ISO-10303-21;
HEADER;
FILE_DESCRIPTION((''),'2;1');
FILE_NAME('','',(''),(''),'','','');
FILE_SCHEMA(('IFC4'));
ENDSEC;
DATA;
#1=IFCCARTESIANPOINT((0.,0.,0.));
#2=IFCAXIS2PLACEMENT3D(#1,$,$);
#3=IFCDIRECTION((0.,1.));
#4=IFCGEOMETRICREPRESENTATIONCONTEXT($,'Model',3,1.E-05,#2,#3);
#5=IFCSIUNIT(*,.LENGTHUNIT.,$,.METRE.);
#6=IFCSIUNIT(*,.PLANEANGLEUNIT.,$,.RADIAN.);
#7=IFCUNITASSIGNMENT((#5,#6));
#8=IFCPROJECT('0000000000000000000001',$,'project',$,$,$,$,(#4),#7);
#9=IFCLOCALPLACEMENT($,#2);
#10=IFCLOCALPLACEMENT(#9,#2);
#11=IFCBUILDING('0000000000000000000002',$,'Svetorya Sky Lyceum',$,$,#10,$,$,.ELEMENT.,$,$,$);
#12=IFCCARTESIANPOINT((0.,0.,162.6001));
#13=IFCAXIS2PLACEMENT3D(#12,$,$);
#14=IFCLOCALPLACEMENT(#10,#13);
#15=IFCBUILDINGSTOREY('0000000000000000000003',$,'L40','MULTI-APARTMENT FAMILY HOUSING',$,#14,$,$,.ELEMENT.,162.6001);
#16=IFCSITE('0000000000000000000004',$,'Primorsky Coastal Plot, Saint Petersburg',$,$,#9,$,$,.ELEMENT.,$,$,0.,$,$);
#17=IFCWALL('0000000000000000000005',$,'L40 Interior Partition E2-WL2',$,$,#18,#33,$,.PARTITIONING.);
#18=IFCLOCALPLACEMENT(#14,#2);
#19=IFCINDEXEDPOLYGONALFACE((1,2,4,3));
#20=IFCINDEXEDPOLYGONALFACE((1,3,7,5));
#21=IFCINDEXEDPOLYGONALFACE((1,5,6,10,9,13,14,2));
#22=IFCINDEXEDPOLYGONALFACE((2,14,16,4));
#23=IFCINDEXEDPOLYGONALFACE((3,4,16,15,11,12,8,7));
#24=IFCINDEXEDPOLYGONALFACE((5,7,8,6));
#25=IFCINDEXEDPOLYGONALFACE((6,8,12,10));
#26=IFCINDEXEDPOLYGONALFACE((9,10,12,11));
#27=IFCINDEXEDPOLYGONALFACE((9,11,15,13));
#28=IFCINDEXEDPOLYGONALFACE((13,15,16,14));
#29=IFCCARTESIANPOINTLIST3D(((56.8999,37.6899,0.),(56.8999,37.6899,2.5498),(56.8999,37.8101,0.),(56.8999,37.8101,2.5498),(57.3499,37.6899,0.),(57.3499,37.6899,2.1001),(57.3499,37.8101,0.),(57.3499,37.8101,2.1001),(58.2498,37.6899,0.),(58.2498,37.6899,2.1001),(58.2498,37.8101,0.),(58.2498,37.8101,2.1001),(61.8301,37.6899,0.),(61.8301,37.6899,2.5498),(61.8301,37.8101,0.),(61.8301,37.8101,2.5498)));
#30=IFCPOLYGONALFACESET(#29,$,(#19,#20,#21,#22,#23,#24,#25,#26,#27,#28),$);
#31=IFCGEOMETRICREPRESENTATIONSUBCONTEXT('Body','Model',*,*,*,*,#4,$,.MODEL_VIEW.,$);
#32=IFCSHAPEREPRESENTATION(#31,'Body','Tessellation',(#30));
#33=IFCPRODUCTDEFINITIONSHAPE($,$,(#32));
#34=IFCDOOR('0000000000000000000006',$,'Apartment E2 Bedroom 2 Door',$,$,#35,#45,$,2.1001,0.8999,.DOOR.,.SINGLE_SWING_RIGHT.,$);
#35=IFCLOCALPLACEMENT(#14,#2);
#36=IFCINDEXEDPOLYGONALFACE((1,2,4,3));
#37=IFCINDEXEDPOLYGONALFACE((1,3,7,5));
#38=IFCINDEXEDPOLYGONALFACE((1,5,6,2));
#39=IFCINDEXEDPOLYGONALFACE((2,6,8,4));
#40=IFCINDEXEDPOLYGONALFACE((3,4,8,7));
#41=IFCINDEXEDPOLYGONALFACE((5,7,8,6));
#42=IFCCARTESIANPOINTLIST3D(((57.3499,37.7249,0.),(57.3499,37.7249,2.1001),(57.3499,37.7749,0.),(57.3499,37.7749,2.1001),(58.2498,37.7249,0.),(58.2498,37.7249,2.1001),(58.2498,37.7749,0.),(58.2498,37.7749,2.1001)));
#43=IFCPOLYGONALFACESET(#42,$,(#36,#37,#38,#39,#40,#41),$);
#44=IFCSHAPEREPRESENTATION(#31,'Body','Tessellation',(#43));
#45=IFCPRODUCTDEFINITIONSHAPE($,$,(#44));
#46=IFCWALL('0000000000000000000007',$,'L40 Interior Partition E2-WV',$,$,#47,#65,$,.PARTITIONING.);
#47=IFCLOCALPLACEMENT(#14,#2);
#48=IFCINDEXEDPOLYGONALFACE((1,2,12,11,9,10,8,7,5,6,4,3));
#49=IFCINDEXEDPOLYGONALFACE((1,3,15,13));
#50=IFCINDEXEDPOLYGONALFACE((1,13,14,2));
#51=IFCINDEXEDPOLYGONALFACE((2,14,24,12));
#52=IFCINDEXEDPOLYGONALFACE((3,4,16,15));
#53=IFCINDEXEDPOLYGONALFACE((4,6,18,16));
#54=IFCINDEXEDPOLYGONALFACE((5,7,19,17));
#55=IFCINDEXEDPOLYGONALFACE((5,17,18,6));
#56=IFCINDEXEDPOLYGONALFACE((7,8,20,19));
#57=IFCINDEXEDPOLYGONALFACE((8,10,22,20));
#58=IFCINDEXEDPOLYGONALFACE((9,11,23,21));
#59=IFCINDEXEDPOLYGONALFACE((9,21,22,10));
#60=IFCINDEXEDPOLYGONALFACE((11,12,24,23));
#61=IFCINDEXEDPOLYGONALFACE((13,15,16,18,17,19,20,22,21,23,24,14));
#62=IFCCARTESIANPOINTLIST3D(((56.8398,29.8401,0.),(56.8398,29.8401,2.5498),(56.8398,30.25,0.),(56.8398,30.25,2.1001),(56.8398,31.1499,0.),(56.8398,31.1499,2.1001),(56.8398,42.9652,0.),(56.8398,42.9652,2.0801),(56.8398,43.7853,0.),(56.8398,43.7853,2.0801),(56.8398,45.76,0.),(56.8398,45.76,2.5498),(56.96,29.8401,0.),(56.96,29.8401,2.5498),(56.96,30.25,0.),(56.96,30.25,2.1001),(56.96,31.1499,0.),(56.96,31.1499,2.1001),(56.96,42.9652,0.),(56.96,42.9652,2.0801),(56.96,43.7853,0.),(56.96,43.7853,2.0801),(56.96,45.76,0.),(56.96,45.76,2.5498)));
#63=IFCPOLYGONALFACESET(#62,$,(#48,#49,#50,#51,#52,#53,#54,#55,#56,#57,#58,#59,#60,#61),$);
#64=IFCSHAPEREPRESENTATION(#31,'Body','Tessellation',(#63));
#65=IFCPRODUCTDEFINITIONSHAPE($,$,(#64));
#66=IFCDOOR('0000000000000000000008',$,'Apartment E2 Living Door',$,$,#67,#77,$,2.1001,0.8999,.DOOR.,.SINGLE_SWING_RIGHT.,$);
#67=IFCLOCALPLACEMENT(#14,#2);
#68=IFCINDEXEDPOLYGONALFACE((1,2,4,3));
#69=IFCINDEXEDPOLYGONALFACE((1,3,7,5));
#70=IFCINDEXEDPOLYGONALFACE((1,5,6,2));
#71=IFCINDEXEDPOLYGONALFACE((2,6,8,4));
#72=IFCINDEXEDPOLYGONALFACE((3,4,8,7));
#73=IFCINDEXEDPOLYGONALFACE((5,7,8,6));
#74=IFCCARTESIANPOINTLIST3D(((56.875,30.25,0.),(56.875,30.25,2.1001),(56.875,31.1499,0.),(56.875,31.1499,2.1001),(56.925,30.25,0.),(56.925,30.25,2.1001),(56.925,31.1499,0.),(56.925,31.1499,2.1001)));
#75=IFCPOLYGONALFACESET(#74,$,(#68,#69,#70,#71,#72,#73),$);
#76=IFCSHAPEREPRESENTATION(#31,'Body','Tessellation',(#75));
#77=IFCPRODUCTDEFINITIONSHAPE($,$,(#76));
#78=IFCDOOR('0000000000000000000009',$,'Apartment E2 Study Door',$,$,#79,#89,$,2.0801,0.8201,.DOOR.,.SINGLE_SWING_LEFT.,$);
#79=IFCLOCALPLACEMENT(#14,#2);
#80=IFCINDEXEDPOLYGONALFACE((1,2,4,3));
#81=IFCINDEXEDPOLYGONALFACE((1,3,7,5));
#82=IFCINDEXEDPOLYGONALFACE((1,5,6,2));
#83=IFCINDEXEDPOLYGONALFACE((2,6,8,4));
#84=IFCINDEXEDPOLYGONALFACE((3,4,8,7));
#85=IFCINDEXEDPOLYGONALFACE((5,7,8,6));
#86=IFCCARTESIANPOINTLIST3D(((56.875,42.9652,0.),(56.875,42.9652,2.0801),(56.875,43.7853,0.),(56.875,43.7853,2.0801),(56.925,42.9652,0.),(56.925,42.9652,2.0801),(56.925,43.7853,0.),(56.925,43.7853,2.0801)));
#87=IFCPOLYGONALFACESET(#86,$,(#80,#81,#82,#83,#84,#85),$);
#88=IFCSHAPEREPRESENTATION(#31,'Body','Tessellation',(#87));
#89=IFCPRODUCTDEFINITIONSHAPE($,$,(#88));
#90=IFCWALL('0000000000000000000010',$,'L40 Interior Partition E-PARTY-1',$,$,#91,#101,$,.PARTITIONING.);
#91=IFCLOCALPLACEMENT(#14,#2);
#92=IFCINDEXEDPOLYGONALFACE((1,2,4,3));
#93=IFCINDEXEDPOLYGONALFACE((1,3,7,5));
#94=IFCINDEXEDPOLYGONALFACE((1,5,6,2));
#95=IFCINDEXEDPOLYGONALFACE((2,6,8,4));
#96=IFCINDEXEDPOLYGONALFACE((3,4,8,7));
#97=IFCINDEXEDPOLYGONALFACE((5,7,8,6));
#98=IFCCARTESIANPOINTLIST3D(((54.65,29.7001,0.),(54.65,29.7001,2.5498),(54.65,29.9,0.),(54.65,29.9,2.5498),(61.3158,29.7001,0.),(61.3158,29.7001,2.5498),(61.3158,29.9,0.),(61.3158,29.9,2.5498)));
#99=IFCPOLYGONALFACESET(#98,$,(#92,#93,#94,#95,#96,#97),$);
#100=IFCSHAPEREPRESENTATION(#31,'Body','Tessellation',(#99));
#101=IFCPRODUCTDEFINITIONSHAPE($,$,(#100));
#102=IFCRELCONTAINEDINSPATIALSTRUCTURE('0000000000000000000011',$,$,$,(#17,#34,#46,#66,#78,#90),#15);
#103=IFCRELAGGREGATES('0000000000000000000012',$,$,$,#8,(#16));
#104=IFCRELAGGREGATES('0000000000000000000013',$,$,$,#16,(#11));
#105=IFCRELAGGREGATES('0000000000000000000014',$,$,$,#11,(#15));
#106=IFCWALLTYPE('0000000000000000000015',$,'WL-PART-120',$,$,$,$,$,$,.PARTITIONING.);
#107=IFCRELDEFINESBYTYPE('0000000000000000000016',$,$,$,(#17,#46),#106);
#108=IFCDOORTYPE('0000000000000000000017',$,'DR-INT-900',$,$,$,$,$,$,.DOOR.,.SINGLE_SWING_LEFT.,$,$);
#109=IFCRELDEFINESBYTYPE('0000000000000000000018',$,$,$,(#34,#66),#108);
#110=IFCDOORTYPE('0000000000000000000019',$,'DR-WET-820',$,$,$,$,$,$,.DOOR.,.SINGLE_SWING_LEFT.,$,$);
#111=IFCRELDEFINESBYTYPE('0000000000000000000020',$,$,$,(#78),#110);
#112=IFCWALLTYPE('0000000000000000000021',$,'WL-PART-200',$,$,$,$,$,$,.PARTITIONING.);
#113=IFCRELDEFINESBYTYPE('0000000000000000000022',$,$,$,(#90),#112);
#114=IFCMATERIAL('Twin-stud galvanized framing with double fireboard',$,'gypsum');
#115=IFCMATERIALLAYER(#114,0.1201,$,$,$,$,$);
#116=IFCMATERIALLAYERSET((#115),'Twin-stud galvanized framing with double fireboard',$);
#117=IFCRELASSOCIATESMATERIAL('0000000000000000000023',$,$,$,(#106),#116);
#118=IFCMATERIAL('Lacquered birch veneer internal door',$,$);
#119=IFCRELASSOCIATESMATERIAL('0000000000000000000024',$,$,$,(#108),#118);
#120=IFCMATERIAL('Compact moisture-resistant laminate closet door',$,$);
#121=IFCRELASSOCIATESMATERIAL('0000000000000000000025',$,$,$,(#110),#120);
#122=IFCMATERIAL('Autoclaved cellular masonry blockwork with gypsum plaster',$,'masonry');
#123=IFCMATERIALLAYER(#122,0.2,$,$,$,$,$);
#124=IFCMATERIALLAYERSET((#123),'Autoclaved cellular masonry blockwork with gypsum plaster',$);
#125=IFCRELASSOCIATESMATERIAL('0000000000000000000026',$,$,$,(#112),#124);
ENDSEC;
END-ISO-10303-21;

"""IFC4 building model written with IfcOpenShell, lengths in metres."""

from ifc_helpers import new_model, si_unit, direction, frame, frame_2d, origin, place, context, subcontext, project, spatial, rectangle, extrude, material, layer, layer_set, type_object, element, fill, save


model = new_model("IFC4")

# Units and contexts
model_context = context("Model", 3, precision=1e-05, world=origin(), true_north=direction((0.0, 1.0)))
body_context = subcontext(model_context, "Body", "Model", "MODEL_VIEW")
ifc_project = project(units=[si_unit("LENGTHUNIT", "METRE"), si_unit("PLANEANGLEUNIT", "RADIAN")], contexts=[model_context])

# Site, building, storey
site_placement = place(None, origin())
site = spatial("IfcSite", under=ifc_project, at=site_placement, Name="Primorsky Coastal Plot, Saint Petersburg", CompositionType="ELEMENT", RefElevation=0.0)
building_placement = place(site_placement, origin())
building = spatial("IfcBuilding", under=site, at=building_placement, Name="Svetorya Sky Lyceum", CompositionType="ELEMENT")
storey_placement = place(building_placement, frame((0.0, 0.0, 162.6001)))
storey = spatial("IfcBuildingStorey", under=building, at=storey_placement, Name="L40", Description="MULTI-APARTMENT FAMILY HOUSING", CompositionType="ELEMENT", Elevation=162.6001)

# Shared definitions
ifc_material_1 = material(Name="Twin-stud galvanized framing with double fireboard", Category="gypsum")
ifc_layer_1 = layer(ifc_material_1, 0.1201)
ifc_layer_set_1 = layer_set([ifc_layer_1], Name="Twin-stud galvanized framing with double fireboard")
wall_type_1 = type_object("IfcWallType", Name="WL-PART-120", PredefinedType="PARTITIONING", material=ifc_layer_set_1)

# Wall, opening, door
ifc_material_2 = material(Name="Lacquered birch veneer internal door")
door_type_1 = type_object("IfcDoorType", Name="DR-INT-900", OperationType="SINGLE_SWING_LEFT", PredefinedType="DOOR", material=ifc_material_2)
wall_1_placement = place(storey_placement, frame((56.8999, 37.75, 0.0), z_axis=(0.0, 0.0, 1.0), x_axis=(1.0, 0.0, 0.0)))
wall_1 = element("IfcWall", 1, at=wall_1_placement, inside=storey, type_object=wall_type_1, Name="L40 Interior Partition E2-WL2", PredefinedType="PARTITIONING", context=body_context, shape_type="SweptSolid", body=[
    extrude(rectangle(XDim=4.9302, YDim=0.1201, at=frame_2d((2.4651, 0.0))), origin(), (0.0, 0.0, 1.0), 2.5498),
])
opening_1_placement = place(wall_1_placement, frame((0.45, 0.0, 0.0)))
opening_1 = element("IfcOpeningElement", 2, at=opening_1_placement, cuts=wall_1, PredefinedType="OPENING", context=body_context, shape_type="SweptSolid", body=[
    extrude(rectangle(XDim=0.8999, YDim=2.1001, at=frame_2d((0.45, 1.05))), frame((0.0, 0.0701, 0.0), z_axis=(0.0, -1.0, 0.0), x_axis=(1.0, 0.0, 0.0)), (0.0, 0.0, 1.0), 0.1401),
])
door_1_placement = place(opening_1_placement, origin())
door_1 = element("IfcDoor", 3, at=door_1_placement, inside=storey, type_object=door_type_1, Name="Apartment E2 Bedroom 2 Door", OperationType="SINGLE_SWING_RIGHT", OverallHeight=2.1001, OverallWidth=0.8999, PredefinedType="DOOR", context=body_context, shape_type="SweptSolid", body=[
    extrude(rectangle(XDim=0.8999, YDim=2.1001, at=frame_2d((0.45, 1.05))), frame((0.0, 0.0249, 0.0), z_axis=(0.0, -1.0, 0.0), x_axis=(1.0, 0.0, 0.0)), (0.0, 0.0, 1.0), 0.05),
])
fill(opening_1, door_1)

# Wall, openings, doors
wall_2_placement = place(storey_placement, frame((56.8999, 29.8401, 0.0), z_axis=(0.0, 0.0, 1.0), x_axis=(0.0, 1.0, 0.0)))
wall_2 = element("IfcWall", 4, at=wall_2_placement, inside=storey, type_object=wall_type_1, Name="L40 Interior Partition E2-WV", PredefinedType="PARTITIONING", context=body_context, shape_type="SweptSolid", body=[
    extrude(rectangle(XDim=15.9199, YDim=0.1201, at=frame_2d((7.96, 0.0))), origin(), (0.0, 0.0, 1.0), 2.5498),
])
opening_2_placement = place(wall_2_placement, frame((0.4099, 0.0, 0.0)))
opening_2 = element("IfcOpeningElement", 5, at=opening_2_placement, cuts=wall_2, PredefinedType="OPENING", context=body_context, shape_type="SweptSolid", body=[
    extrude(rectangle(XDim=0.8999, YDim=2.1001, at=frame_2d((0.45, 1.05))), frame((0.0, 0.0701, 0.0), z_axis=(0.0, -1.0, 0.0), x_axis=(1.0, 0.0, 0.0)), (0.0, 0.0, 1.0), 0.1401),
])
opening_3_placement = place(wall_2_placement, frame((13.125, 0.0, 0.0)))
opening_3 = element("IfcOpeningElement", 6, at=opening_3_placement, cuts=wall_2, PredefinedType="OPENING", context=body_context, shape_type="SweptSolid", body=[
    extrude(rectangle(XDim=0.8201, YDim=2.0801, at=frame_2d((0.4102, 1.04))), frame((0.0, 0.0701, 0.0), z_axis=(0.0, -1.0, 0.0), x_axis=(1.0, 0.0, 0.0)), (0.0, 0.0, 1.0), 0.1401),
])
door_2_placement = place(opening_2_placement, origin())
door_2 = element("IfcDoor", 7, at=door_2_placement, inside=storey, type_object=door_type_1, Name="Apartment E2 Living Door", OperationType="SINGLE_SWING_RIGHT", OverallHeight=2.1001, OverallWidth=0.8999, PredefinedType="DOOR", context=body_context, shape_type="SweptSolid", body=[
    extrude(rectangle(XDim=0.8999, YDim=2.1001, at=frame_2d((0.45, 1.05))), frame((0.0, 0.0249, 0.0), z_axis=(0.0, -1.0, 0.0), x_axis=(1.0, 0.0, 0.0)), (0.0, 0.0, 1.0), 0.05),
])
fill(opening_2, door_2)
ifc_material_3 = material(Name="Compact moisture-resistant laminate closet door")
door_type_2 = type_object("IfcDoorType", Name="DR-WET-820", OperationType="SINGLE_SWING_LEFT", PredefinedType="DOOR", material=ifc_material_3)
door_3_placement = place(opening_3_placement, origin())
door_3 = element("IfcDoor", 8, at=door_3_placement, inside=storey, type_object=door_type_2, Name="Apartment E2 Study Door", OperationType="SINGLE_SWING_LEFT", OverallHeight=2.0801, OverallWidth=0.8201, PredefinedType="DOOR", context=body_context, shape_type="SweptSolid", body=[
    extrude(rectangle(XDim=0.8201, YDim=2.0801, at=frame_2d((0.4102, 1.04))), frame((0.0, 0.0249, 0.0), z_axis=(0.0, -1.0, 0.0), x_axis=(1.0, 0.0, 0.0)), (0.0, 0.0, 1.0), 0.05),
])
fill(opening_3, door_3)

# Wall
ifc_material_4 = material(Name="Autoclaved cellular masonry blockwork with gypsum plaster", Category="masonry")
ifc_layer_2 = layer(ifc_material_4, 0.2)
ifc_layer_set_2 = layer_set([ifc_layer_2], Name="Autoclaved cellular masonry blockwork with gypsum plaster")
wall_type_2 = type_object("IfcWallType", Name="WL-PART-200", PredefinedType="PARTITIONING", material=ifc_layer_set_2)
wall_3_placement = place(storey_placement, frame((54.6499, 29.8, 0.0), z_axis=(0.0, 0.0, 1.0), x_axis=(1.0, 0.0, 0.0)))
element("IfcWall", 9, at=wall_3_placement, inside=storey, type_object=wall_type_2, Name="L40 Interior Partition E-PARTY-1", PredefinedType="PARTITIONING", context=body_context, shape_type="SweptSolid", body=[
    extrude(rectangle(XDim=6.6658, YDim=0.2, at=frame_2d((3.333, 0.0))), origin(), (0.0, 0.0, 1.0), 2.5498),
])

save(model, "model.ifc")
